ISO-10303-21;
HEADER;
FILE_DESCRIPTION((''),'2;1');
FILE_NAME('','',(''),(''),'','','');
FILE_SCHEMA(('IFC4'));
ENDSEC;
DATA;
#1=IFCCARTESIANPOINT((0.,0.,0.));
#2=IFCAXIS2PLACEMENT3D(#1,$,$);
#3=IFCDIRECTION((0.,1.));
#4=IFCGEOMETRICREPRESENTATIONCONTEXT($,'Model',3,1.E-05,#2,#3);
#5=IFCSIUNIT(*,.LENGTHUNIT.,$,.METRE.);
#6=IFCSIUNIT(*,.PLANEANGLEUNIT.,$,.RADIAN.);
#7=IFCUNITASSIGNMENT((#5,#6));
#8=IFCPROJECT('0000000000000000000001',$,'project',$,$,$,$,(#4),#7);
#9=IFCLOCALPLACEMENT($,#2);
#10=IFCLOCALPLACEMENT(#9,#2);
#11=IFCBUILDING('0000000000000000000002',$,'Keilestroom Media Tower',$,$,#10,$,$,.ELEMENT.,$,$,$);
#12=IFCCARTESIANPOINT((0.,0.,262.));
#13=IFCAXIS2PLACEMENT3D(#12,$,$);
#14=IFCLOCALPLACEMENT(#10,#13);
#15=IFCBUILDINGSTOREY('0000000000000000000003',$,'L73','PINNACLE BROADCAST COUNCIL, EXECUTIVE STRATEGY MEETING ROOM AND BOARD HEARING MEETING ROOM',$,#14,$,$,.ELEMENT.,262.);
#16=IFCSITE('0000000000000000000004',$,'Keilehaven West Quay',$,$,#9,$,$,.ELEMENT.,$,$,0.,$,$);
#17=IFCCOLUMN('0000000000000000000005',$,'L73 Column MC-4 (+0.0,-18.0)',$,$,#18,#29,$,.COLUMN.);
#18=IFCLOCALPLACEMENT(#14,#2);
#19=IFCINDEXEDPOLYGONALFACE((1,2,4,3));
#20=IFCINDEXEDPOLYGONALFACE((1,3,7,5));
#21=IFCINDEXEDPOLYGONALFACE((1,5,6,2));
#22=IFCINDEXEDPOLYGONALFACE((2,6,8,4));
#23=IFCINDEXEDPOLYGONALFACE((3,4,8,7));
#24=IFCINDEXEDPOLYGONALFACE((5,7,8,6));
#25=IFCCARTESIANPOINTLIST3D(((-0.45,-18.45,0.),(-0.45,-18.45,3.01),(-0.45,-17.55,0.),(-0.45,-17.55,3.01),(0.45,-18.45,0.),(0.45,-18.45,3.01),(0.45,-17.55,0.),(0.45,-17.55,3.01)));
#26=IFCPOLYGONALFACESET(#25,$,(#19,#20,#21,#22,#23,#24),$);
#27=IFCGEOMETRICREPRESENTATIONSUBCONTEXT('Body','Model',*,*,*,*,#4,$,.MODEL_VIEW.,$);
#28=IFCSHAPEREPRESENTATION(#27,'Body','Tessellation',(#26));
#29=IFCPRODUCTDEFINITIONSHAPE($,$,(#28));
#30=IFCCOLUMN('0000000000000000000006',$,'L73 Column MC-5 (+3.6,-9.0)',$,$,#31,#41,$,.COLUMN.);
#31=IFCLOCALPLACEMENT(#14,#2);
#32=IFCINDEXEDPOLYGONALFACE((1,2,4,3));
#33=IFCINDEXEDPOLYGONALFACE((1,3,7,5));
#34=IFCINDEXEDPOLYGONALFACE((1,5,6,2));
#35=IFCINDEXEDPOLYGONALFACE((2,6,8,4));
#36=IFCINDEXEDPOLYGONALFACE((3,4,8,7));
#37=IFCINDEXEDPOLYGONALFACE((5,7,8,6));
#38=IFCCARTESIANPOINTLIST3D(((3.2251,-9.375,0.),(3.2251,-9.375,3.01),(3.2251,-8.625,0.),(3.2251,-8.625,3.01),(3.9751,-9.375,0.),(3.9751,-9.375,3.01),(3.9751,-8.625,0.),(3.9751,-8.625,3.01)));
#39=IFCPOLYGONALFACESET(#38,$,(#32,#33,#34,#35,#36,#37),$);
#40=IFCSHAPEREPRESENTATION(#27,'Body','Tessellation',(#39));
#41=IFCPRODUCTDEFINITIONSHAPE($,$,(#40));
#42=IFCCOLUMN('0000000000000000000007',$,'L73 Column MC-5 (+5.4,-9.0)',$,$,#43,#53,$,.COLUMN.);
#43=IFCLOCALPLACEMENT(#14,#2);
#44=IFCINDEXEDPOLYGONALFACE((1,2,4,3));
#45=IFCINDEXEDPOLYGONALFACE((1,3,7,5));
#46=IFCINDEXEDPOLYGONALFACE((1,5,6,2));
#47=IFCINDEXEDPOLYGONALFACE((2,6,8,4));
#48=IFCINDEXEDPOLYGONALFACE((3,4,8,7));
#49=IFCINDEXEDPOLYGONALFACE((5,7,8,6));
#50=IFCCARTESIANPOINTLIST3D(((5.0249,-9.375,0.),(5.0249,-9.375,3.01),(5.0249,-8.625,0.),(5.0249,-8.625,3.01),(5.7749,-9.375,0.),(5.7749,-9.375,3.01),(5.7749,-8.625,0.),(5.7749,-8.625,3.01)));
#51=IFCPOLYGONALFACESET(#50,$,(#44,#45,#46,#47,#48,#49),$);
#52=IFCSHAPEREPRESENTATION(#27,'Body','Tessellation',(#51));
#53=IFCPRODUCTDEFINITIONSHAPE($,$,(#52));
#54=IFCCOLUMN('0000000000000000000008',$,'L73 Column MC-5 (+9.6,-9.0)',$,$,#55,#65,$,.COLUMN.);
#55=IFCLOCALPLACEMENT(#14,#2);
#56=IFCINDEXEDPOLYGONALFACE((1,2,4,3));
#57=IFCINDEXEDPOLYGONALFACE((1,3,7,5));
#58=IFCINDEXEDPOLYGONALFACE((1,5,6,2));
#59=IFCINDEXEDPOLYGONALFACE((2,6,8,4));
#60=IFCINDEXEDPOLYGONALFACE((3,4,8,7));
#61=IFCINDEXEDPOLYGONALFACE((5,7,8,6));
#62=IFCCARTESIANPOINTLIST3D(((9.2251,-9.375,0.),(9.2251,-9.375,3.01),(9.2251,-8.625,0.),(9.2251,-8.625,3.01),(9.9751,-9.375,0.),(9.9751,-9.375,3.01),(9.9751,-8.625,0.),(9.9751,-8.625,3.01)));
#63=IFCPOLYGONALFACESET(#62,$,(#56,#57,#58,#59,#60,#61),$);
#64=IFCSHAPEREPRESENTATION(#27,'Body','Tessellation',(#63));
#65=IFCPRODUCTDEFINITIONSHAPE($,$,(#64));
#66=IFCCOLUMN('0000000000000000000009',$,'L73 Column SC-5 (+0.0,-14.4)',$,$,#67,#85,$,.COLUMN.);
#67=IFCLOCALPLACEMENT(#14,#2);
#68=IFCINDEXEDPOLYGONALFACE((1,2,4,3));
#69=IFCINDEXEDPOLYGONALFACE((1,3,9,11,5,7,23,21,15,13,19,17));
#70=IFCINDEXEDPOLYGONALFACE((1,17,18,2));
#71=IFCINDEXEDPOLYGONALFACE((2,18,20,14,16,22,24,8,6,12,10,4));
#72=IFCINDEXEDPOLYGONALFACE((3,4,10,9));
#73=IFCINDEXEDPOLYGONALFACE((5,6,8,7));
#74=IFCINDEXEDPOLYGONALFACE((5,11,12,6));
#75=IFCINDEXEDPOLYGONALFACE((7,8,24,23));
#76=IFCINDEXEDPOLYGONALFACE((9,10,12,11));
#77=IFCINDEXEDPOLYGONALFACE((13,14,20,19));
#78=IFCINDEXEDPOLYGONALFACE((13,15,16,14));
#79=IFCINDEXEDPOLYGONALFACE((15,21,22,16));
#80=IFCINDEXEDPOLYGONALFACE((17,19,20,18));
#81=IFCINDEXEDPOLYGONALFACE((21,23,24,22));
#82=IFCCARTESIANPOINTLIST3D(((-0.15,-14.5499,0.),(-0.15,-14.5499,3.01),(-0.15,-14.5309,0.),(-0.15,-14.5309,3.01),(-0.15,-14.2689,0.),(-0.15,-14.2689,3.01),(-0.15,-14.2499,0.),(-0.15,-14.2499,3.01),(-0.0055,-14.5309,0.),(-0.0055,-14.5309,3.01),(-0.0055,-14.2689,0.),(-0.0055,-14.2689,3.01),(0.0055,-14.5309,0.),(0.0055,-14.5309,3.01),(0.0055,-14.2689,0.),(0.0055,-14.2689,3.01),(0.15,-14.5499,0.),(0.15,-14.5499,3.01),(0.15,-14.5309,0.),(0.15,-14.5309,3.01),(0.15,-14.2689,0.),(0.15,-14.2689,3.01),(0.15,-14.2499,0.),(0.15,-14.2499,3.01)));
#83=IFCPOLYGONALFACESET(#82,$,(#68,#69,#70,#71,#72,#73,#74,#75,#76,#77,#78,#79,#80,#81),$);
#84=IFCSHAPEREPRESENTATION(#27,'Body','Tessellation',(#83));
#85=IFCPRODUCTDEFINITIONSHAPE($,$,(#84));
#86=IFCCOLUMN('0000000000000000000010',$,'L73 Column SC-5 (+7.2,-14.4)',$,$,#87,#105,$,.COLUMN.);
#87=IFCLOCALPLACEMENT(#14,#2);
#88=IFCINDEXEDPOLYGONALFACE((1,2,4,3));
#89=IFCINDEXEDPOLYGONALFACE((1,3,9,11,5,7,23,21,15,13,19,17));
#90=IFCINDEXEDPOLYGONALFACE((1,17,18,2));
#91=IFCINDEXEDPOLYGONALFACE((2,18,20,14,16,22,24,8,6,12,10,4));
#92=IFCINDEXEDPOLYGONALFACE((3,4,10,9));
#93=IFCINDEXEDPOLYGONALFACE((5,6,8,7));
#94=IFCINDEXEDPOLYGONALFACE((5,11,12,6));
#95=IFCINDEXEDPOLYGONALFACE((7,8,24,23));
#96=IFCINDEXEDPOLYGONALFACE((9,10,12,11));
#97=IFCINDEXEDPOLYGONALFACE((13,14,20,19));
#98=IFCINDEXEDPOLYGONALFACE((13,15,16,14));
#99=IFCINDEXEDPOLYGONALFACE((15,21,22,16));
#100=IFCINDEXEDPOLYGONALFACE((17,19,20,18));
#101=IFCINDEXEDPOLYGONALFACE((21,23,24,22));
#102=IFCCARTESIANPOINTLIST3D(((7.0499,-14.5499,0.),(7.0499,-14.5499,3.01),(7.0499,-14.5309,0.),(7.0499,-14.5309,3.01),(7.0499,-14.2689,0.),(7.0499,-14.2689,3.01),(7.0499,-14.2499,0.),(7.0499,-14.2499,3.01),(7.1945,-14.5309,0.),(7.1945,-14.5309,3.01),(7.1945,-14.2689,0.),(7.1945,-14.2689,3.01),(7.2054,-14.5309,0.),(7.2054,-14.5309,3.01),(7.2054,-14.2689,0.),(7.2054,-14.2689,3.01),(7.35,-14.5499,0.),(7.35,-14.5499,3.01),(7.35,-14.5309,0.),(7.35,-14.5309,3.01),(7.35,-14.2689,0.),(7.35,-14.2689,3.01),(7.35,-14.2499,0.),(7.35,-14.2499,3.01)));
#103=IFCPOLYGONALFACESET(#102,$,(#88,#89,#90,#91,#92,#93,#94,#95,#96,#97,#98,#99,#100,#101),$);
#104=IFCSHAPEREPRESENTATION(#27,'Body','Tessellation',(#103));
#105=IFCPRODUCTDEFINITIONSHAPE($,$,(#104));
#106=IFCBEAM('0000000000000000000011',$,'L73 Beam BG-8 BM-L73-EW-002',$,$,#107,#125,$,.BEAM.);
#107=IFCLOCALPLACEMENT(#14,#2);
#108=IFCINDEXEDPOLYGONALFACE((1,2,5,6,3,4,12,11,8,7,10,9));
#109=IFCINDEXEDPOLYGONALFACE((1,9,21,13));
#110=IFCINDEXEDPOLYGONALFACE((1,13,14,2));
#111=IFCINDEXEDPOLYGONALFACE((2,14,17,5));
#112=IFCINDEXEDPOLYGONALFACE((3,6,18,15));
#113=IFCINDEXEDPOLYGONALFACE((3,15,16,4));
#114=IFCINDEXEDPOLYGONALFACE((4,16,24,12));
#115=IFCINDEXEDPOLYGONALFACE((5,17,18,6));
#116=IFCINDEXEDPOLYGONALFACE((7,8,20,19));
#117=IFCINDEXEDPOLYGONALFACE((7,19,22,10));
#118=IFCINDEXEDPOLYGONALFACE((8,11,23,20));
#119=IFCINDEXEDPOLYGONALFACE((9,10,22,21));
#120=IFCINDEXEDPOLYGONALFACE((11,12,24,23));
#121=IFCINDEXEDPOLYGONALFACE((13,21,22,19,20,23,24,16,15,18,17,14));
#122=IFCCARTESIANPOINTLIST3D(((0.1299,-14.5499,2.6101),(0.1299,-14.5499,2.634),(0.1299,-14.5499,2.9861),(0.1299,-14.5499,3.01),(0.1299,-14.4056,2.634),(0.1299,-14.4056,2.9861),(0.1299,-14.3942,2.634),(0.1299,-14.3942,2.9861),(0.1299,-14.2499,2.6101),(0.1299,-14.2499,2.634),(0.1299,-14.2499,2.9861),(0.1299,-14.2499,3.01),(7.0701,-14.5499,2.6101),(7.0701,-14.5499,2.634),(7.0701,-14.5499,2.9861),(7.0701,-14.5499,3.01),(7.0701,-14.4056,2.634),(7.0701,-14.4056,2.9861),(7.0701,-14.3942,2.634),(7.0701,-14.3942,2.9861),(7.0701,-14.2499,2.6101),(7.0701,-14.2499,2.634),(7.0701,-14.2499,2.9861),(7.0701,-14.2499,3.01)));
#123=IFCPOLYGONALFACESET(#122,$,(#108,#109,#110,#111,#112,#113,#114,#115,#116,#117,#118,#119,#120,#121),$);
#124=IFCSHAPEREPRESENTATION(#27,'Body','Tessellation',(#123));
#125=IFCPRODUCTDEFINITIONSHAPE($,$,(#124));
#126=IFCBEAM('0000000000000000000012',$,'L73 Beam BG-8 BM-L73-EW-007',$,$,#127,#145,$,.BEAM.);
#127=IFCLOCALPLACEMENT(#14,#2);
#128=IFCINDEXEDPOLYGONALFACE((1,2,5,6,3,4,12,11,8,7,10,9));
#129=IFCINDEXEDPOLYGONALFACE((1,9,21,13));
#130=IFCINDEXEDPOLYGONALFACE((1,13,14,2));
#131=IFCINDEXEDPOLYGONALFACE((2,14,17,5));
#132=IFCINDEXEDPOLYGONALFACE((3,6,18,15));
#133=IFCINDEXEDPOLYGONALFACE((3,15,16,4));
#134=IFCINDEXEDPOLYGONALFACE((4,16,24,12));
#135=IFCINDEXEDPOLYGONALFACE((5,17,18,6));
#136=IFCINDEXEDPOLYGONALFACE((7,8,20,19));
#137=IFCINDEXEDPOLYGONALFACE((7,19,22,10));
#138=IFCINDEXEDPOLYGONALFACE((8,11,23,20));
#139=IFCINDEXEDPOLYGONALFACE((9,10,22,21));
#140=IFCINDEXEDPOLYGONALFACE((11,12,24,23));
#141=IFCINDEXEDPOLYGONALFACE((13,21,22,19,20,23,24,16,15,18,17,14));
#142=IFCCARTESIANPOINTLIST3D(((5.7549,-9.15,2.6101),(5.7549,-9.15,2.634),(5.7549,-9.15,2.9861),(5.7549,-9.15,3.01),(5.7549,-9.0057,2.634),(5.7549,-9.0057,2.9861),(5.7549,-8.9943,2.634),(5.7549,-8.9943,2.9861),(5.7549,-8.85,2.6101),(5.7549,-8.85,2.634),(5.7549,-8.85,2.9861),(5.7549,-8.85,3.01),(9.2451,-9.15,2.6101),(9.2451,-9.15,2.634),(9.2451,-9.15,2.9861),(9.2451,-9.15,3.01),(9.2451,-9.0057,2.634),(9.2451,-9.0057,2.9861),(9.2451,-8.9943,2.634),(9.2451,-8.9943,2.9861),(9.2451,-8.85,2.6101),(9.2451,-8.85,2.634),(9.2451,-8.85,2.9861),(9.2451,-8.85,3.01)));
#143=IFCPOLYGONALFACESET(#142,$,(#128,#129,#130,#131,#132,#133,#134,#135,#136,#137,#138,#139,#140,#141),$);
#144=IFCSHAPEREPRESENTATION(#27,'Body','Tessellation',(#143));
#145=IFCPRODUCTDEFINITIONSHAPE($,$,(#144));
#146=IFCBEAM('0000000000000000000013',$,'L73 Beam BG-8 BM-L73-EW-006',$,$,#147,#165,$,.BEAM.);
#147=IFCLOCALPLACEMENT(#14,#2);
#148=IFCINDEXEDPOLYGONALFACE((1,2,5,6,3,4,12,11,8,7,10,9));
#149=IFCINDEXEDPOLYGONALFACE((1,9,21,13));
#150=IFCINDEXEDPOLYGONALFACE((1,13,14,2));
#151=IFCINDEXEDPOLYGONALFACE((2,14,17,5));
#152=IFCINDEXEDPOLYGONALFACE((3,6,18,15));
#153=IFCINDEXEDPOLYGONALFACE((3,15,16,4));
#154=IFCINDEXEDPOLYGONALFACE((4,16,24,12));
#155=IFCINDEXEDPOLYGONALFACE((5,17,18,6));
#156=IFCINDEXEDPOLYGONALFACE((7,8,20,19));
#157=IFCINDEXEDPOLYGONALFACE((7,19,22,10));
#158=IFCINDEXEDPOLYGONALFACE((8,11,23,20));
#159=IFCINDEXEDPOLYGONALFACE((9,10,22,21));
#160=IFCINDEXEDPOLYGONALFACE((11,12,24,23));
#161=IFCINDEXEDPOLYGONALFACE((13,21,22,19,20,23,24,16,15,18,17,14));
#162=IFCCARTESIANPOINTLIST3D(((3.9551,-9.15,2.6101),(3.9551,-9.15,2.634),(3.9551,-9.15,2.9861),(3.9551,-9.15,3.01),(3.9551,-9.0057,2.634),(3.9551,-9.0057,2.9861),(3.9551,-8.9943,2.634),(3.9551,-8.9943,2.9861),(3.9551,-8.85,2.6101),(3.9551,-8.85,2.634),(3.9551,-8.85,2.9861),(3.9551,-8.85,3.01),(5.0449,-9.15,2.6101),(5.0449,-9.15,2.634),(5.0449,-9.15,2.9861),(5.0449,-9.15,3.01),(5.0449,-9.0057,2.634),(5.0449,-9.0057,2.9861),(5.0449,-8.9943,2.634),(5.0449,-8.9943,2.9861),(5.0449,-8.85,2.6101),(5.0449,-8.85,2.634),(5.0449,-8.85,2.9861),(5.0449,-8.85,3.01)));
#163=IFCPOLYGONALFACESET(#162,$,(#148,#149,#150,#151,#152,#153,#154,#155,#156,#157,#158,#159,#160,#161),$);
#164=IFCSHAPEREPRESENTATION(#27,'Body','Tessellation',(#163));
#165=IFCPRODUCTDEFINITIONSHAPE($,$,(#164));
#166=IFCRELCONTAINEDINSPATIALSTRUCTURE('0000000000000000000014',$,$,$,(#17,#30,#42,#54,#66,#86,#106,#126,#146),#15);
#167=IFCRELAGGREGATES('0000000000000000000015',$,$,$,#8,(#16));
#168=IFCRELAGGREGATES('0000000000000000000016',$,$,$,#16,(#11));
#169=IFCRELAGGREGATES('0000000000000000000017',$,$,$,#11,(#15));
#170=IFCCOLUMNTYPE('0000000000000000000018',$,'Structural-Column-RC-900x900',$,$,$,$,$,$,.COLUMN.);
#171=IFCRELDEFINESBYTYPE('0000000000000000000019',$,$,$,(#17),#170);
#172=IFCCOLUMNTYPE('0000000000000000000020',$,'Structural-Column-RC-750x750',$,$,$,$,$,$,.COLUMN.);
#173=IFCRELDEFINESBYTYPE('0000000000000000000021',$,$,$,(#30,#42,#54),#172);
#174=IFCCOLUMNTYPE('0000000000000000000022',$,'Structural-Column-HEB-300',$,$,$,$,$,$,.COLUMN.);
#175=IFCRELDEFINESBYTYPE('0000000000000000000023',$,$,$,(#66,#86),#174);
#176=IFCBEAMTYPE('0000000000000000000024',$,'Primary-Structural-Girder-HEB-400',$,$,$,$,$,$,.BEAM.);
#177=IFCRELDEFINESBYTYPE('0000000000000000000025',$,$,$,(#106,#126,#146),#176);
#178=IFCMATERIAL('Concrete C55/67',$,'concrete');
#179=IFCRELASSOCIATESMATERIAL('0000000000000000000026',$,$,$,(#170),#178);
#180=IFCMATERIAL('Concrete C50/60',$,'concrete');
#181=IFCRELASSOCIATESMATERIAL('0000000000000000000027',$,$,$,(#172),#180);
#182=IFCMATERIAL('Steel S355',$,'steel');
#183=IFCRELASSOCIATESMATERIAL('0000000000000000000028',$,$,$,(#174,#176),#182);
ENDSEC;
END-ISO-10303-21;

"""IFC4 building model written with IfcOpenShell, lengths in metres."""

from ifc_helpers import new_model, si_unit, direction, frame, origin, origin_2d, place, context, subcontext, project, spatial, rectangle, i_section, extrude, source, transform, mapped, material, material_profile, profile_set, type_object, element, save


model = new_model("IFC4")

# Units and contexts
model_context = context("Model", 3, precision=1e-05, world=origin(), true_north=direction((0.0, 1.0)))
body_context = subcontext(model_context, "Body", "Model", "MODEL_VIEW")
ifc_project = project(units=[si_unit("LENGTHUNIT", "METRE"), si_unit("PLANEANGLEUNIT", "RADIAN")], contexts=[model_context])

# Site, building, storey
site_placement = place(None, origin())
site = spatial("IfcSite", under=ifc_project, at=site_placement, Name="Keilehaven West Quay", CompositionType="ELEMENT", RefElevation=0.0)
building_placement = place(site_placement, origin())
building = spatial("IfcBuilding", under=site, at=building_placement, Name="Keilestroom Media Tower", CompositionType="ELEMENT")
storey_placement = place(building_placement, frame((0.0, 0.0, 262.0)))
storey = spatial("IfcBuildingStorey", under=building, at=storey_placement, Name="L73", Description="PINNACLE BROADCAST COUNCIL, EXECUTIVE STRATEGY MEETING ROOM AND BOARD HEARING MEETING ROOM", CompositionType="ELEMENT", Elevation=262.0)

# Columns
ifc_material_1 = material(Name="Concrete C55/67", Category="concrete")
ifc_material_profile_1 = material_profile(ifc_material_1, rectangle(XDim=0.8999, YDim=0.8999, at=origin_2d()), Name="RC 900x900")
ifc_profile_set_1 = profile_set([ifc_material_profile_1], Name="Concrete C55/67")
column_type_1 = type_object("IfcColumnType", Name="Structural-Column-RC-900x900", PredefinedType="COLUMN", material=ifc_profile_set_1)
shared_shape_1 = source(origin(), body_context, "Body", "SweptSolid", [
    extrude(rectangle(XDim=0.8999, YDim=0.8999, at=origin_2d()), origin(), (0.0, 0.0, 1.0), 3.01),
])
column_placement = place(storey_placement, frame((0.0, -18.0, 0.0), z_axis=(0.0, 0.0, 1.0), x_axis=(1.0, 0.0, 0.0)))
element("IfcColumn", 1, at=column_placement, inside=storey, type_object=column_type_1, Name="L73 Column MC-4 (+0.0,-18.0)", PredefinedType="COLUMN", context=body_context, shape_type="MappedRepresentation", body=[
    mapped(shared_shape_1, transform((0.0, 0.0, 0.0), x_axis=(1.0, 0.0, 0.0), y_axis=(0.0, 1.0, 0.0), z_axis=(0.0, 0.0, 1.0), scale=1.0)),
])
ifc_material_2 = material(Name="Concrete C50/60", Category="concrete")
ifc_material_profile_2 = material_profile(ifc_material_2, rectangle(XDim=0.75, YDim=0.75, at=origin_2d()), Name="RC 750x750")
ifc_profile_set_2 = profile_set([ifc_material_profile_2], Name="Concrete C50/60")
column_type_2 = type_object("IfcColumnType", Name="Structural-Column-RC-750x750", PredefinedType="COLUMN", material=ifc_profile_set_2)
shared_shape_2 = source(origin(), body_context, "Body", "SweptSolid", [
    extrude(rectangle(XDim=0.75, YDim=0.75, at=origin_2d()), origin(), (0.0, 0.0, 1.0), 3.01),
])
for number, where, z_axis, x_axis, name in (
    (2, (3.6001, -9.0, 0.0), (0.0, 0.0, 1.0), (1.0, 0.0, 0.0), "L73 Column MC-5 (+3.6,-9.0)"),
    (3, (5.3999, -9.0, 0.0), (0.0, 0.0, 1.0), (1.0, 0.0, 0.0), "L73 Column MC-5 (+5.4,-9.0)"),
    (4, (9.6001, -9.0, 0.0), (0.0, 0.0, 1.0), (1.0, 0.0, 0.0), "L73 Column MC-5 (+9.6,-9.0)"),
):
    element("IfcColumn", number, at=place(storey_placement, frame(where, z_axis=z_axis, x_axis=x_axis)), inside=storey, type_object=column_type_2, Name=name, PredefinedType="COLUMN", context=body_context, shape_type="MappedRepresentation", body=[
        mapped(shared_shape_2, transform((0.0, 0.0, 0.0), x_axis=(1.0, 0.0, 0.0), y_axis=(0.0, 1.0, 0.0), z_axis=(0.0, 0.0, 1.0), scale=1.0)),
    ])
ifc_material_3 = material(Name="Steel S355", Category="steel")
ifc_material_profile_3 = material_profile(ifc_material_3, i_section(OverallWidth=0.3, OverallDepth=0.3, WebThickness=0.011, FlangeThickness=0.019, at=origin_2d()), Name="HEB 300")
ifc_profile_set_3 = profile_set([ifc_material_profile_3], Name="Steel S355")
column_type_3 = type_object("IfcColumnType", Name="Structural-Column-HEB-300", PredefinedType="COLUMN", material=ifc_profile_set_3)
shared_shape_3 = source(origin(), body_context, "Body", "SweptSolid", [
    extrude(i_section(OverallWidth=0.3, OverallDepth=0.3, WebThickness=0.011, FlangeThickness=0.019, at=origin_2d()), origin(), (0.0, 0.0, 1.0), 3.01),
])
for number, where, z_axis, x_axis, name in (
    (5, (0.0, -14.3999, 0.0), (0.0, 0.0, 1.0), (1.0, 0.0, 0.0), "L73 Column SC-5 (+0.0,-14.4)"),
    (6, (7.2, -14.3999, 0.0), (0.0, 0.0, 1.0), (1.0, 0.0, 0.0), "L73 Column SC-5 (+7.2,-14.4)"),
):
    element("IfcColumn", number, at=place(storey_placement, frame(where, z_axis=z_axis, x_axis=x_axis)), inside=storey, type_object=column_type_3, Name=name, PredefinedType="COLUMN", context=body_context, shape_type="MappedRepresentation", body=[
        mapped(shared_shape_3, transform((0.0, 0.0, 0.0), x_axis=(1.0, 0.0, 0.0), y_axis=(0.0, 1.0, 0.0), z_axis=(0.0, 0.0, 1.0), scale=1.0)),
    ])

# Beams
ifc_material_profile_4 = material_profile(ifc_material_3, i_section(OverallWidth=0.3, OverallDepth=0.3999, WebThickness=0.0115, FlangeThickness=0.0239, at=origin_2d()), Name="HEB 400")
ifc_profile_set_4 = profile_set([ifc_material_profile_4], Name="Steel S355")
beam_type_1 = type_object("IfcBeamType", Name="Primary-Structural-Girder-HEB-400", PredefinedType="BEAM", material=ifc_profile_set_4)
shared_shape_4 = source(origin(), body_context, "Body", "SweptSolid", [
    extrude(i_section(OverallWidth=0.3, OverallDepth=0.3999, WebThickness=0.0115, FlangeThickness=0.0239, at=origin_2d()), origin(), (0.0, 0.0, 1.0), 6.9402),
])
beam_1_placement = place(storey_placement, frame((0.1299, -14.3999, 2.8101), z_axis=(1.0, 0.0, 0.0), x_axis=(0.0, 1.0, 0.0)))
element("IfcBeam", 7, at=beam_1_placement, inside=storey, type_object=beam_type_1, Name="L73 Beam BG-8 BM-L73-EW-002", PredefinedType="BEAM", context=body_context, shape_type="MappedRepresentation", body=[
    mapped(shared_shape_4, transform((0.0, 0.0, 0.0), x_axis=(1.0, 0.0, 0.0), y_axis=(0.0, 1.0, 0.0), z_axis=(0.0, 0.0, 1.0), scale=1.0)),
])
shared_shape_5 = source(origin(), body_context, "Body", "SweptSolid", [
    extrude(i_section(OverallWidth=0.3, OverallDepth=0.3999, WebThickness=0.0115, FlangeThickness=0.0239, at=origin_2d()), origin(), (0.0, 0.0, 1.0), 3.4902),
])
beam_2_placement = place(storey_placement, frame((5.7549, -9.0, 2.8101), z_axis=(1.0, 0.0, 0.0), x_axis=(0.0, 1.0, 0.0)))
element("IfcBeam", 8, at=beam_2_placement, inside=storey, type_object=beam_type_1, Name="L73 Beam BG-8 BM-L73-EW-007", PredefinedType="BEAM", context=body_context, shape_type="MappedRepresentation", body=[
    mapped(shared_shape_5, transform((0.0, 0.0, 0.0), x_axis=(1.0, 0.0, 0.0), y_axis=(0.0, 1.0, 0.0), z_axis=(0.0, 0.0, 1.0), scale=1.0)),
])
shared_shape_6 = source(origin(), body_context, "Body", "SweptSolid", [
    extrude(i_section(OverallWidth=0.3, OverallDepth=0.3999, WebThickness=0.0115, FlangeThickness=0.0239, at=origin_2d()), origin(), (0.0, 0.0, 1.0), 1.0898),
])
beam_3_placement = place(storey_placement, frame((3.9551, -9.0, 2.8101), z_axis=(1.0, 0.0, 0.0), x_axis=(0.0, 1.0, 0.0)))
element("IfcBeam", 9, at=beam_3_placement, inside=storey, type_object=beam_type_1, Name="L73 Beam BG-8 BM-L73-EW-006", PredefinedType="BEAM", context=body_context, shape_type="MappedRepresentation", body=[
    mapped(shared_shape_6, transform((0.0, 0.0, 0.0), x_axis=(1.0, 0.0, 0.0), y_axis=(0.0, 1.0, 0.0), z_axis=(0.0, 0.0, 1.0), scale=1.0)),
])

save(model, "model.ifc")
